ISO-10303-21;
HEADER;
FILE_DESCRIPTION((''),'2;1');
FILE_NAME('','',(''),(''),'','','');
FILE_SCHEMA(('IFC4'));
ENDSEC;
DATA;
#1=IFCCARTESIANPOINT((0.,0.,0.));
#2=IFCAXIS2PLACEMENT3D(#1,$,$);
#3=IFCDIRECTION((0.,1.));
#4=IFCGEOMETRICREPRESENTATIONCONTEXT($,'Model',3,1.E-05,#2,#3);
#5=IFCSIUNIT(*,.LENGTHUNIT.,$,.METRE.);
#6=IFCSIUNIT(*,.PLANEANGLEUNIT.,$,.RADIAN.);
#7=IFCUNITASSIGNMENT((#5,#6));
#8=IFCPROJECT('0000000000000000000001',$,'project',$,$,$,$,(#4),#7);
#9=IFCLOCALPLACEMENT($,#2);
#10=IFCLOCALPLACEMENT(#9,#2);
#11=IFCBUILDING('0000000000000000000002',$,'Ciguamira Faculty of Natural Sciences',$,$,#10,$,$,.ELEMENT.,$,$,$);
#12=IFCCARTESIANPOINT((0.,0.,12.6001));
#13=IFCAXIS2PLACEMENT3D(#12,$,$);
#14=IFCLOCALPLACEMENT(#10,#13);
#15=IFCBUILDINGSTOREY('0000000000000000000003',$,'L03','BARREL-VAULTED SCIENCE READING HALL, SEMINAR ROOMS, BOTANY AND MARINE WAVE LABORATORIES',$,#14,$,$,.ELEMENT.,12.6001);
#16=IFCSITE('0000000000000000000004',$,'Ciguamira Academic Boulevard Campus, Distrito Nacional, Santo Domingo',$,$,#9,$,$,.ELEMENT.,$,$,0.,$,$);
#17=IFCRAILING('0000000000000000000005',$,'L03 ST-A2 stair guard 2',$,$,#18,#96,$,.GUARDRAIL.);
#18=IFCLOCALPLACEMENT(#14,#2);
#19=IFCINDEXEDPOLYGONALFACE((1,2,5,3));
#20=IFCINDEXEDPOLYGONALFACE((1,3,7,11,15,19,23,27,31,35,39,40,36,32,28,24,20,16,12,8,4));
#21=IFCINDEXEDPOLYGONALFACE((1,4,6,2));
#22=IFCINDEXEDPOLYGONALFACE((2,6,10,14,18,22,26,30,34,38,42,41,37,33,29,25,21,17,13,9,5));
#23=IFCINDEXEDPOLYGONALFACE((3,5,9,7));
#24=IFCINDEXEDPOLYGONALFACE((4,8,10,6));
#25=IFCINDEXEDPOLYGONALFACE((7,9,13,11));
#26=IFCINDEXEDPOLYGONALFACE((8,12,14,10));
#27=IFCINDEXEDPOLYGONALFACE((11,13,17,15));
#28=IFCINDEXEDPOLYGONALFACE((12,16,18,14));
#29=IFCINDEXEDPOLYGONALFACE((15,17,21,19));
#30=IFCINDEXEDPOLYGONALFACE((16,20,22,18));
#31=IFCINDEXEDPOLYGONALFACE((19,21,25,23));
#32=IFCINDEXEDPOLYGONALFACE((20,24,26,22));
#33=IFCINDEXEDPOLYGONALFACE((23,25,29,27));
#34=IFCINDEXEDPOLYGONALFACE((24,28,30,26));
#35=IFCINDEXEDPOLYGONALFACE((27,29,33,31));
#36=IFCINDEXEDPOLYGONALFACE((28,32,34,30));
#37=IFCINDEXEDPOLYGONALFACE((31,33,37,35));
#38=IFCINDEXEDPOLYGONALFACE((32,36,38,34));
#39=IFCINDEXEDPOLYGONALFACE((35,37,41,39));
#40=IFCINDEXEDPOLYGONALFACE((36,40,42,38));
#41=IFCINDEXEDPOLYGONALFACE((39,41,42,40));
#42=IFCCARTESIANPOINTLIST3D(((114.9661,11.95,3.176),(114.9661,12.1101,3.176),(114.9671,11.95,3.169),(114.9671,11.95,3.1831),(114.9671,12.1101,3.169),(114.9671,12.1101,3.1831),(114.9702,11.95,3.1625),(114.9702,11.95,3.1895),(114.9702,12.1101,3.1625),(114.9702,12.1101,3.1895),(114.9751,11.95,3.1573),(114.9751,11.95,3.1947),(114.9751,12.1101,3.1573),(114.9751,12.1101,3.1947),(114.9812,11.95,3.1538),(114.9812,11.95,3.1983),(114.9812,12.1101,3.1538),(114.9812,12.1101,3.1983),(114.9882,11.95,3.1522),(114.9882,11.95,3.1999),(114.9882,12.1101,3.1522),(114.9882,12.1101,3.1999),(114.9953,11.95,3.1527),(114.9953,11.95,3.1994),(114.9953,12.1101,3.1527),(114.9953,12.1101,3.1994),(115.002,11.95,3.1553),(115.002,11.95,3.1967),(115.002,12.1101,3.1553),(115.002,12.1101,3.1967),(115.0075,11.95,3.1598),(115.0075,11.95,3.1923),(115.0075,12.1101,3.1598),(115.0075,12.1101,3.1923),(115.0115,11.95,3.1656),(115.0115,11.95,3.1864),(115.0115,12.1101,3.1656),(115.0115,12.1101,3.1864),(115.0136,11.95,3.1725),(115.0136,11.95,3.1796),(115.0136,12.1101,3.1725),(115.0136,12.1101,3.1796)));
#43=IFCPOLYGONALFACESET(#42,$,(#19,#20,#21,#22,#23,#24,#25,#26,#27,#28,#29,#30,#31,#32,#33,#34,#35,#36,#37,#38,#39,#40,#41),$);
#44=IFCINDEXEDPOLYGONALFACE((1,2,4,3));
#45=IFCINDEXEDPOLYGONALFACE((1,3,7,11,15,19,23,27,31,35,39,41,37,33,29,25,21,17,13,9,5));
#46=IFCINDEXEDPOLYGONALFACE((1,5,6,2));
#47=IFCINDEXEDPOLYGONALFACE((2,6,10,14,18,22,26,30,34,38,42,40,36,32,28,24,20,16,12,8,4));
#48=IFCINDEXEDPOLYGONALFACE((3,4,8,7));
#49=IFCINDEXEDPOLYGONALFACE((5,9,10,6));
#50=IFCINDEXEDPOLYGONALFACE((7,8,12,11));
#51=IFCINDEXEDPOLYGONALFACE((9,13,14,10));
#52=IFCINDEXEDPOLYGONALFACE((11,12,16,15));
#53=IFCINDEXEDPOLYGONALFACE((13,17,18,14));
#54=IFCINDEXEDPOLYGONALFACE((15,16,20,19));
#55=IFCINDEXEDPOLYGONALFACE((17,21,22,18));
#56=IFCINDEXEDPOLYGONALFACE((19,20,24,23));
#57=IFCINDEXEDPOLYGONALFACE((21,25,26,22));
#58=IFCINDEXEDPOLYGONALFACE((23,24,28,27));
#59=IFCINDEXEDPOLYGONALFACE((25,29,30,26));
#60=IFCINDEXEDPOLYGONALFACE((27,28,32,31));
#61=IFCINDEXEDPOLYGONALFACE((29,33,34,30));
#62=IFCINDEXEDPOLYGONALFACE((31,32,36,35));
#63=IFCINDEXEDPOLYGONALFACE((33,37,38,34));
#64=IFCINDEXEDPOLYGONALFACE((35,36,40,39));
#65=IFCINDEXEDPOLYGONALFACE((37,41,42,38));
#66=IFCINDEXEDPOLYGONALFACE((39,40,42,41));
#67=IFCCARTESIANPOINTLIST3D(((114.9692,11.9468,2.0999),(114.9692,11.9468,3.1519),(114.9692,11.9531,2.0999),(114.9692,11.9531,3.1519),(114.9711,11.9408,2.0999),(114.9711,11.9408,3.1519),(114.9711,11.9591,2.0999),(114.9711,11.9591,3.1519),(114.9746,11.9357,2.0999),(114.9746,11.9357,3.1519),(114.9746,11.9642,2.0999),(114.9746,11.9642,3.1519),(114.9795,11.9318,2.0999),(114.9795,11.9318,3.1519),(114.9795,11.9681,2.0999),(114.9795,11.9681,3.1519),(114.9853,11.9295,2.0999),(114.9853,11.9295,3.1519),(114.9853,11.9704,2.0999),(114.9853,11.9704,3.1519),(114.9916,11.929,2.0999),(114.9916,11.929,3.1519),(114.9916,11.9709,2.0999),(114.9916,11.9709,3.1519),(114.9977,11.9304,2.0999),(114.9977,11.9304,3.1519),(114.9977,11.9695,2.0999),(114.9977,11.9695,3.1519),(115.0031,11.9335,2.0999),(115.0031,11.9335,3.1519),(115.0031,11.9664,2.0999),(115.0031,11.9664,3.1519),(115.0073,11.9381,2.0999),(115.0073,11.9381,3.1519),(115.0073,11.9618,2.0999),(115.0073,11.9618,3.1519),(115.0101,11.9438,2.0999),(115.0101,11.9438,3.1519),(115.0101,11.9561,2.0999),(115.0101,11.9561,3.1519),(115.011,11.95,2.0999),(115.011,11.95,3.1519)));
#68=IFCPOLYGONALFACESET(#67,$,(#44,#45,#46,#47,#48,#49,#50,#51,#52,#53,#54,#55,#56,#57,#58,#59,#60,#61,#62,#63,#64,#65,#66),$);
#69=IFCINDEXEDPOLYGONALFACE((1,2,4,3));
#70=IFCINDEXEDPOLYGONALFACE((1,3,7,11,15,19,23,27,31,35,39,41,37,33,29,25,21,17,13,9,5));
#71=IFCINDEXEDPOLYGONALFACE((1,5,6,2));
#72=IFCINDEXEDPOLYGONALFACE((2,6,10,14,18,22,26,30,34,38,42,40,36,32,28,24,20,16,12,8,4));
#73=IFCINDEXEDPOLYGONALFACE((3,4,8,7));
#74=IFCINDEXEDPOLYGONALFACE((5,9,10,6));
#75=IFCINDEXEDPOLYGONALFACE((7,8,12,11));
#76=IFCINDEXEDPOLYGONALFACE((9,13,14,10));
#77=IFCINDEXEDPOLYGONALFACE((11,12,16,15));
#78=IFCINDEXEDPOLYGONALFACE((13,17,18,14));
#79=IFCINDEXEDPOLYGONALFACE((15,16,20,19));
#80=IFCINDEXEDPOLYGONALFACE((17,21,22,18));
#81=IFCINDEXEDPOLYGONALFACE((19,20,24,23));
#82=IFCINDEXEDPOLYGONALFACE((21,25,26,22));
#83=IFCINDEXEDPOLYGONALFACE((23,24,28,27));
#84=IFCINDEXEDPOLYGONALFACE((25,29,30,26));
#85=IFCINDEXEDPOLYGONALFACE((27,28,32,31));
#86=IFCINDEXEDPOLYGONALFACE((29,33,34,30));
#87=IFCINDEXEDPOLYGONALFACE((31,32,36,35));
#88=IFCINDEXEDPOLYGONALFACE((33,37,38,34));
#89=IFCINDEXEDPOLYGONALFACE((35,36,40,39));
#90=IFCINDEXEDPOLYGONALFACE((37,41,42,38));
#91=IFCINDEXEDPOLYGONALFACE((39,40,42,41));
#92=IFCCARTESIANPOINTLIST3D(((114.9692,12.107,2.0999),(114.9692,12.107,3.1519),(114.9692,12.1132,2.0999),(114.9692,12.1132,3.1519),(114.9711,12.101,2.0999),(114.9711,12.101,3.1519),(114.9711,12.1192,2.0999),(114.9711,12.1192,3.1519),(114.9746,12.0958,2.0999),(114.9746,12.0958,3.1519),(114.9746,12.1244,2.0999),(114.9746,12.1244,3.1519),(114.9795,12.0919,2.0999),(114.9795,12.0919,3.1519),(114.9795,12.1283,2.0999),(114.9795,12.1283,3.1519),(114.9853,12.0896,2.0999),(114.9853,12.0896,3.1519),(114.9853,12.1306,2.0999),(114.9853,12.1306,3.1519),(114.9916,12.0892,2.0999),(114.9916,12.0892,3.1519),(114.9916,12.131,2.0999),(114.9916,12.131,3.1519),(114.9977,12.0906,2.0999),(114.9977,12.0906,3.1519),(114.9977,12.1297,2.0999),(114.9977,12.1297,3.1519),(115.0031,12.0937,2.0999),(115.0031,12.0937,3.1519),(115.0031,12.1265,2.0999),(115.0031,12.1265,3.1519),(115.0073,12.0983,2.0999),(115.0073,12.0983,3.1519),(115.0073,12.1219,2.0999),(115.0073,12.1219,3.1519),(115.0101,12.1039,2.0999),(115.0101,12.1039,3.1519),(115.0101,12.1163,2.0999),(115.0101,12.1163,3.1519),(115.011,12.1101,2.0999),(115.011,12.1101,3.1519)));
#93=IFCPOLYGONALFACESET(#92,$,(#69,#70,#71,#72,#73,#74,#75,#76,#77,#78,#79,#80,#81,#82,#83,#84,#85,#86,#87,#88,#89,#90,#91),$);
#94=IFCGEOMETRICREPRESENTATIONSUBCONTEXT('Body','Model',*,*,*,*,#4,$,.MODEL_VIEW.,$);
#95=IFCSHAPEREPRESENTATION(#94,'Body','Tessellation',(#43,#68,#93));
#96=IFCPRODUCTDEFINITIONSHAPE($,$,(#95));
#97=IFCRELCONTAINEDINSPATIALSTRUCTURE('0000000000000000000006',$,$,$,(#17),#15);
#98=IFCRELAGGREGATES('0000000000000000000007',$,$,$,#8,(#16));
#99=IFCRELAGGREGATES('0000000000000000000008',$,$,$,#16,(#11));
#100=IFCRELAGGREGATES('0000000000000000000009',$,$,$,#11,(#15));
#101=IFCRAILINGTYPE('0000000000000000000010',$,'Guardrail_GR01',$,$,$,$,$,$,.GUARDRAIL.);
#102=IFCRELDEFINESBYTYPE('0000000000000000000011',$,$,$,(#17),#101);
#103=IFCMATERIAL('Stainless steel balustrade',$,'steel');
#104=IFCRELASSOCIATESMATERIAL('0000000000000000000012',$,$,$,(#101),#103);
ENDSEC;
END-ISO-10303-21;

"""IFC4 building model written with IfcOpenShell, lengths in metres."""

from ifc_helpers import new_model, si_unit, direction, frame, origin, origin_2d, place, context, subcontext, project, spatial, circle, extrude, material, type_object, element, save


model = new_model("IFC4")

# Units and contexts
model_context = context("Model", 3, precision=1e-05, world=origin(), true_north=direction((0.0, 1.0)))
body_context = subcontext(model_context, "Body", "Model", "MODEL_VIEW")
ifc_project = project(units=[si_unit("LENGTHUNIT", "METRE"), si_unit("PLANEANGLEUNIT", "RADIAN")], contexts=[model_context])

# Site, building, storey
site_placement = place(None, origin())
site = spatial("IfcSite", under=ifc_project, at=site_placement, Name="Ciguamira Academic Boulevard Campus, Distrito Nacional, Santo Domingo", CompositionType="ELEMENT", RefElevation=0.0)
building_placement = place(site_placement, origin())
building = spatial("IfcBuilding", under=site, at=building_placement, Name="Ciguamira Faculty of Natural Sciences", CompositionType="ELEMENT")
storey_placement = place(building_placement, frame((0.0, 0.0, 12.6001)))
storey = spatial("IfcBuildingStorey", under=building, at=storey_placement, Name="L03", Description="BARREL-VAULTED SCIENCE READING HALL, SEMINAR ROOMS, BOTANY AND MARINE WAVE LABORATORIES", CompositionType="ELEMENT", Elevation=12.6001)

# Railing
ifc_material_1 = material(Name="Stainless steel balustrade", Category="steel")
railing_type_1 = type_object("IfcRailingType", Name="Guardrail_GR01", PredefinedType="GUARDRAIL", material=ifc_material_1)
railing_1_placement = place(storey_placement, frame((114.99, 11.95, 2.0999)))
element("IfcRailing", 1, at=railing_1_placement, inside=storey, type_object=railing_type_1, Name="L03 ST-A2 stair guard 2", PredefinedType="GUARDRAIL", context=body_context, shape_type="SweptSolid", body=[
    extrude(circle(Radius=0.0239, at=origin_2d()), frame((0.0, 0.0, 1.0762), z_axis=(0.0, 1.0, 0.0), x_axis=(-1.0, 0.0, 0.0)), (0.0, 0.0, 1.0), 0.1602),
    extrude(circle(Radius=0.021, at=origin_2d()), origin(), (0.0, 0.0, 1.0), 1.052),
    extrude(circle(Radius=0.021, at=origin_2d()), frame((0.0, 0.1602, 0.0)), (0.0, 0.0, 1.0), 1.052),
])

save(model, "model.ifc")
